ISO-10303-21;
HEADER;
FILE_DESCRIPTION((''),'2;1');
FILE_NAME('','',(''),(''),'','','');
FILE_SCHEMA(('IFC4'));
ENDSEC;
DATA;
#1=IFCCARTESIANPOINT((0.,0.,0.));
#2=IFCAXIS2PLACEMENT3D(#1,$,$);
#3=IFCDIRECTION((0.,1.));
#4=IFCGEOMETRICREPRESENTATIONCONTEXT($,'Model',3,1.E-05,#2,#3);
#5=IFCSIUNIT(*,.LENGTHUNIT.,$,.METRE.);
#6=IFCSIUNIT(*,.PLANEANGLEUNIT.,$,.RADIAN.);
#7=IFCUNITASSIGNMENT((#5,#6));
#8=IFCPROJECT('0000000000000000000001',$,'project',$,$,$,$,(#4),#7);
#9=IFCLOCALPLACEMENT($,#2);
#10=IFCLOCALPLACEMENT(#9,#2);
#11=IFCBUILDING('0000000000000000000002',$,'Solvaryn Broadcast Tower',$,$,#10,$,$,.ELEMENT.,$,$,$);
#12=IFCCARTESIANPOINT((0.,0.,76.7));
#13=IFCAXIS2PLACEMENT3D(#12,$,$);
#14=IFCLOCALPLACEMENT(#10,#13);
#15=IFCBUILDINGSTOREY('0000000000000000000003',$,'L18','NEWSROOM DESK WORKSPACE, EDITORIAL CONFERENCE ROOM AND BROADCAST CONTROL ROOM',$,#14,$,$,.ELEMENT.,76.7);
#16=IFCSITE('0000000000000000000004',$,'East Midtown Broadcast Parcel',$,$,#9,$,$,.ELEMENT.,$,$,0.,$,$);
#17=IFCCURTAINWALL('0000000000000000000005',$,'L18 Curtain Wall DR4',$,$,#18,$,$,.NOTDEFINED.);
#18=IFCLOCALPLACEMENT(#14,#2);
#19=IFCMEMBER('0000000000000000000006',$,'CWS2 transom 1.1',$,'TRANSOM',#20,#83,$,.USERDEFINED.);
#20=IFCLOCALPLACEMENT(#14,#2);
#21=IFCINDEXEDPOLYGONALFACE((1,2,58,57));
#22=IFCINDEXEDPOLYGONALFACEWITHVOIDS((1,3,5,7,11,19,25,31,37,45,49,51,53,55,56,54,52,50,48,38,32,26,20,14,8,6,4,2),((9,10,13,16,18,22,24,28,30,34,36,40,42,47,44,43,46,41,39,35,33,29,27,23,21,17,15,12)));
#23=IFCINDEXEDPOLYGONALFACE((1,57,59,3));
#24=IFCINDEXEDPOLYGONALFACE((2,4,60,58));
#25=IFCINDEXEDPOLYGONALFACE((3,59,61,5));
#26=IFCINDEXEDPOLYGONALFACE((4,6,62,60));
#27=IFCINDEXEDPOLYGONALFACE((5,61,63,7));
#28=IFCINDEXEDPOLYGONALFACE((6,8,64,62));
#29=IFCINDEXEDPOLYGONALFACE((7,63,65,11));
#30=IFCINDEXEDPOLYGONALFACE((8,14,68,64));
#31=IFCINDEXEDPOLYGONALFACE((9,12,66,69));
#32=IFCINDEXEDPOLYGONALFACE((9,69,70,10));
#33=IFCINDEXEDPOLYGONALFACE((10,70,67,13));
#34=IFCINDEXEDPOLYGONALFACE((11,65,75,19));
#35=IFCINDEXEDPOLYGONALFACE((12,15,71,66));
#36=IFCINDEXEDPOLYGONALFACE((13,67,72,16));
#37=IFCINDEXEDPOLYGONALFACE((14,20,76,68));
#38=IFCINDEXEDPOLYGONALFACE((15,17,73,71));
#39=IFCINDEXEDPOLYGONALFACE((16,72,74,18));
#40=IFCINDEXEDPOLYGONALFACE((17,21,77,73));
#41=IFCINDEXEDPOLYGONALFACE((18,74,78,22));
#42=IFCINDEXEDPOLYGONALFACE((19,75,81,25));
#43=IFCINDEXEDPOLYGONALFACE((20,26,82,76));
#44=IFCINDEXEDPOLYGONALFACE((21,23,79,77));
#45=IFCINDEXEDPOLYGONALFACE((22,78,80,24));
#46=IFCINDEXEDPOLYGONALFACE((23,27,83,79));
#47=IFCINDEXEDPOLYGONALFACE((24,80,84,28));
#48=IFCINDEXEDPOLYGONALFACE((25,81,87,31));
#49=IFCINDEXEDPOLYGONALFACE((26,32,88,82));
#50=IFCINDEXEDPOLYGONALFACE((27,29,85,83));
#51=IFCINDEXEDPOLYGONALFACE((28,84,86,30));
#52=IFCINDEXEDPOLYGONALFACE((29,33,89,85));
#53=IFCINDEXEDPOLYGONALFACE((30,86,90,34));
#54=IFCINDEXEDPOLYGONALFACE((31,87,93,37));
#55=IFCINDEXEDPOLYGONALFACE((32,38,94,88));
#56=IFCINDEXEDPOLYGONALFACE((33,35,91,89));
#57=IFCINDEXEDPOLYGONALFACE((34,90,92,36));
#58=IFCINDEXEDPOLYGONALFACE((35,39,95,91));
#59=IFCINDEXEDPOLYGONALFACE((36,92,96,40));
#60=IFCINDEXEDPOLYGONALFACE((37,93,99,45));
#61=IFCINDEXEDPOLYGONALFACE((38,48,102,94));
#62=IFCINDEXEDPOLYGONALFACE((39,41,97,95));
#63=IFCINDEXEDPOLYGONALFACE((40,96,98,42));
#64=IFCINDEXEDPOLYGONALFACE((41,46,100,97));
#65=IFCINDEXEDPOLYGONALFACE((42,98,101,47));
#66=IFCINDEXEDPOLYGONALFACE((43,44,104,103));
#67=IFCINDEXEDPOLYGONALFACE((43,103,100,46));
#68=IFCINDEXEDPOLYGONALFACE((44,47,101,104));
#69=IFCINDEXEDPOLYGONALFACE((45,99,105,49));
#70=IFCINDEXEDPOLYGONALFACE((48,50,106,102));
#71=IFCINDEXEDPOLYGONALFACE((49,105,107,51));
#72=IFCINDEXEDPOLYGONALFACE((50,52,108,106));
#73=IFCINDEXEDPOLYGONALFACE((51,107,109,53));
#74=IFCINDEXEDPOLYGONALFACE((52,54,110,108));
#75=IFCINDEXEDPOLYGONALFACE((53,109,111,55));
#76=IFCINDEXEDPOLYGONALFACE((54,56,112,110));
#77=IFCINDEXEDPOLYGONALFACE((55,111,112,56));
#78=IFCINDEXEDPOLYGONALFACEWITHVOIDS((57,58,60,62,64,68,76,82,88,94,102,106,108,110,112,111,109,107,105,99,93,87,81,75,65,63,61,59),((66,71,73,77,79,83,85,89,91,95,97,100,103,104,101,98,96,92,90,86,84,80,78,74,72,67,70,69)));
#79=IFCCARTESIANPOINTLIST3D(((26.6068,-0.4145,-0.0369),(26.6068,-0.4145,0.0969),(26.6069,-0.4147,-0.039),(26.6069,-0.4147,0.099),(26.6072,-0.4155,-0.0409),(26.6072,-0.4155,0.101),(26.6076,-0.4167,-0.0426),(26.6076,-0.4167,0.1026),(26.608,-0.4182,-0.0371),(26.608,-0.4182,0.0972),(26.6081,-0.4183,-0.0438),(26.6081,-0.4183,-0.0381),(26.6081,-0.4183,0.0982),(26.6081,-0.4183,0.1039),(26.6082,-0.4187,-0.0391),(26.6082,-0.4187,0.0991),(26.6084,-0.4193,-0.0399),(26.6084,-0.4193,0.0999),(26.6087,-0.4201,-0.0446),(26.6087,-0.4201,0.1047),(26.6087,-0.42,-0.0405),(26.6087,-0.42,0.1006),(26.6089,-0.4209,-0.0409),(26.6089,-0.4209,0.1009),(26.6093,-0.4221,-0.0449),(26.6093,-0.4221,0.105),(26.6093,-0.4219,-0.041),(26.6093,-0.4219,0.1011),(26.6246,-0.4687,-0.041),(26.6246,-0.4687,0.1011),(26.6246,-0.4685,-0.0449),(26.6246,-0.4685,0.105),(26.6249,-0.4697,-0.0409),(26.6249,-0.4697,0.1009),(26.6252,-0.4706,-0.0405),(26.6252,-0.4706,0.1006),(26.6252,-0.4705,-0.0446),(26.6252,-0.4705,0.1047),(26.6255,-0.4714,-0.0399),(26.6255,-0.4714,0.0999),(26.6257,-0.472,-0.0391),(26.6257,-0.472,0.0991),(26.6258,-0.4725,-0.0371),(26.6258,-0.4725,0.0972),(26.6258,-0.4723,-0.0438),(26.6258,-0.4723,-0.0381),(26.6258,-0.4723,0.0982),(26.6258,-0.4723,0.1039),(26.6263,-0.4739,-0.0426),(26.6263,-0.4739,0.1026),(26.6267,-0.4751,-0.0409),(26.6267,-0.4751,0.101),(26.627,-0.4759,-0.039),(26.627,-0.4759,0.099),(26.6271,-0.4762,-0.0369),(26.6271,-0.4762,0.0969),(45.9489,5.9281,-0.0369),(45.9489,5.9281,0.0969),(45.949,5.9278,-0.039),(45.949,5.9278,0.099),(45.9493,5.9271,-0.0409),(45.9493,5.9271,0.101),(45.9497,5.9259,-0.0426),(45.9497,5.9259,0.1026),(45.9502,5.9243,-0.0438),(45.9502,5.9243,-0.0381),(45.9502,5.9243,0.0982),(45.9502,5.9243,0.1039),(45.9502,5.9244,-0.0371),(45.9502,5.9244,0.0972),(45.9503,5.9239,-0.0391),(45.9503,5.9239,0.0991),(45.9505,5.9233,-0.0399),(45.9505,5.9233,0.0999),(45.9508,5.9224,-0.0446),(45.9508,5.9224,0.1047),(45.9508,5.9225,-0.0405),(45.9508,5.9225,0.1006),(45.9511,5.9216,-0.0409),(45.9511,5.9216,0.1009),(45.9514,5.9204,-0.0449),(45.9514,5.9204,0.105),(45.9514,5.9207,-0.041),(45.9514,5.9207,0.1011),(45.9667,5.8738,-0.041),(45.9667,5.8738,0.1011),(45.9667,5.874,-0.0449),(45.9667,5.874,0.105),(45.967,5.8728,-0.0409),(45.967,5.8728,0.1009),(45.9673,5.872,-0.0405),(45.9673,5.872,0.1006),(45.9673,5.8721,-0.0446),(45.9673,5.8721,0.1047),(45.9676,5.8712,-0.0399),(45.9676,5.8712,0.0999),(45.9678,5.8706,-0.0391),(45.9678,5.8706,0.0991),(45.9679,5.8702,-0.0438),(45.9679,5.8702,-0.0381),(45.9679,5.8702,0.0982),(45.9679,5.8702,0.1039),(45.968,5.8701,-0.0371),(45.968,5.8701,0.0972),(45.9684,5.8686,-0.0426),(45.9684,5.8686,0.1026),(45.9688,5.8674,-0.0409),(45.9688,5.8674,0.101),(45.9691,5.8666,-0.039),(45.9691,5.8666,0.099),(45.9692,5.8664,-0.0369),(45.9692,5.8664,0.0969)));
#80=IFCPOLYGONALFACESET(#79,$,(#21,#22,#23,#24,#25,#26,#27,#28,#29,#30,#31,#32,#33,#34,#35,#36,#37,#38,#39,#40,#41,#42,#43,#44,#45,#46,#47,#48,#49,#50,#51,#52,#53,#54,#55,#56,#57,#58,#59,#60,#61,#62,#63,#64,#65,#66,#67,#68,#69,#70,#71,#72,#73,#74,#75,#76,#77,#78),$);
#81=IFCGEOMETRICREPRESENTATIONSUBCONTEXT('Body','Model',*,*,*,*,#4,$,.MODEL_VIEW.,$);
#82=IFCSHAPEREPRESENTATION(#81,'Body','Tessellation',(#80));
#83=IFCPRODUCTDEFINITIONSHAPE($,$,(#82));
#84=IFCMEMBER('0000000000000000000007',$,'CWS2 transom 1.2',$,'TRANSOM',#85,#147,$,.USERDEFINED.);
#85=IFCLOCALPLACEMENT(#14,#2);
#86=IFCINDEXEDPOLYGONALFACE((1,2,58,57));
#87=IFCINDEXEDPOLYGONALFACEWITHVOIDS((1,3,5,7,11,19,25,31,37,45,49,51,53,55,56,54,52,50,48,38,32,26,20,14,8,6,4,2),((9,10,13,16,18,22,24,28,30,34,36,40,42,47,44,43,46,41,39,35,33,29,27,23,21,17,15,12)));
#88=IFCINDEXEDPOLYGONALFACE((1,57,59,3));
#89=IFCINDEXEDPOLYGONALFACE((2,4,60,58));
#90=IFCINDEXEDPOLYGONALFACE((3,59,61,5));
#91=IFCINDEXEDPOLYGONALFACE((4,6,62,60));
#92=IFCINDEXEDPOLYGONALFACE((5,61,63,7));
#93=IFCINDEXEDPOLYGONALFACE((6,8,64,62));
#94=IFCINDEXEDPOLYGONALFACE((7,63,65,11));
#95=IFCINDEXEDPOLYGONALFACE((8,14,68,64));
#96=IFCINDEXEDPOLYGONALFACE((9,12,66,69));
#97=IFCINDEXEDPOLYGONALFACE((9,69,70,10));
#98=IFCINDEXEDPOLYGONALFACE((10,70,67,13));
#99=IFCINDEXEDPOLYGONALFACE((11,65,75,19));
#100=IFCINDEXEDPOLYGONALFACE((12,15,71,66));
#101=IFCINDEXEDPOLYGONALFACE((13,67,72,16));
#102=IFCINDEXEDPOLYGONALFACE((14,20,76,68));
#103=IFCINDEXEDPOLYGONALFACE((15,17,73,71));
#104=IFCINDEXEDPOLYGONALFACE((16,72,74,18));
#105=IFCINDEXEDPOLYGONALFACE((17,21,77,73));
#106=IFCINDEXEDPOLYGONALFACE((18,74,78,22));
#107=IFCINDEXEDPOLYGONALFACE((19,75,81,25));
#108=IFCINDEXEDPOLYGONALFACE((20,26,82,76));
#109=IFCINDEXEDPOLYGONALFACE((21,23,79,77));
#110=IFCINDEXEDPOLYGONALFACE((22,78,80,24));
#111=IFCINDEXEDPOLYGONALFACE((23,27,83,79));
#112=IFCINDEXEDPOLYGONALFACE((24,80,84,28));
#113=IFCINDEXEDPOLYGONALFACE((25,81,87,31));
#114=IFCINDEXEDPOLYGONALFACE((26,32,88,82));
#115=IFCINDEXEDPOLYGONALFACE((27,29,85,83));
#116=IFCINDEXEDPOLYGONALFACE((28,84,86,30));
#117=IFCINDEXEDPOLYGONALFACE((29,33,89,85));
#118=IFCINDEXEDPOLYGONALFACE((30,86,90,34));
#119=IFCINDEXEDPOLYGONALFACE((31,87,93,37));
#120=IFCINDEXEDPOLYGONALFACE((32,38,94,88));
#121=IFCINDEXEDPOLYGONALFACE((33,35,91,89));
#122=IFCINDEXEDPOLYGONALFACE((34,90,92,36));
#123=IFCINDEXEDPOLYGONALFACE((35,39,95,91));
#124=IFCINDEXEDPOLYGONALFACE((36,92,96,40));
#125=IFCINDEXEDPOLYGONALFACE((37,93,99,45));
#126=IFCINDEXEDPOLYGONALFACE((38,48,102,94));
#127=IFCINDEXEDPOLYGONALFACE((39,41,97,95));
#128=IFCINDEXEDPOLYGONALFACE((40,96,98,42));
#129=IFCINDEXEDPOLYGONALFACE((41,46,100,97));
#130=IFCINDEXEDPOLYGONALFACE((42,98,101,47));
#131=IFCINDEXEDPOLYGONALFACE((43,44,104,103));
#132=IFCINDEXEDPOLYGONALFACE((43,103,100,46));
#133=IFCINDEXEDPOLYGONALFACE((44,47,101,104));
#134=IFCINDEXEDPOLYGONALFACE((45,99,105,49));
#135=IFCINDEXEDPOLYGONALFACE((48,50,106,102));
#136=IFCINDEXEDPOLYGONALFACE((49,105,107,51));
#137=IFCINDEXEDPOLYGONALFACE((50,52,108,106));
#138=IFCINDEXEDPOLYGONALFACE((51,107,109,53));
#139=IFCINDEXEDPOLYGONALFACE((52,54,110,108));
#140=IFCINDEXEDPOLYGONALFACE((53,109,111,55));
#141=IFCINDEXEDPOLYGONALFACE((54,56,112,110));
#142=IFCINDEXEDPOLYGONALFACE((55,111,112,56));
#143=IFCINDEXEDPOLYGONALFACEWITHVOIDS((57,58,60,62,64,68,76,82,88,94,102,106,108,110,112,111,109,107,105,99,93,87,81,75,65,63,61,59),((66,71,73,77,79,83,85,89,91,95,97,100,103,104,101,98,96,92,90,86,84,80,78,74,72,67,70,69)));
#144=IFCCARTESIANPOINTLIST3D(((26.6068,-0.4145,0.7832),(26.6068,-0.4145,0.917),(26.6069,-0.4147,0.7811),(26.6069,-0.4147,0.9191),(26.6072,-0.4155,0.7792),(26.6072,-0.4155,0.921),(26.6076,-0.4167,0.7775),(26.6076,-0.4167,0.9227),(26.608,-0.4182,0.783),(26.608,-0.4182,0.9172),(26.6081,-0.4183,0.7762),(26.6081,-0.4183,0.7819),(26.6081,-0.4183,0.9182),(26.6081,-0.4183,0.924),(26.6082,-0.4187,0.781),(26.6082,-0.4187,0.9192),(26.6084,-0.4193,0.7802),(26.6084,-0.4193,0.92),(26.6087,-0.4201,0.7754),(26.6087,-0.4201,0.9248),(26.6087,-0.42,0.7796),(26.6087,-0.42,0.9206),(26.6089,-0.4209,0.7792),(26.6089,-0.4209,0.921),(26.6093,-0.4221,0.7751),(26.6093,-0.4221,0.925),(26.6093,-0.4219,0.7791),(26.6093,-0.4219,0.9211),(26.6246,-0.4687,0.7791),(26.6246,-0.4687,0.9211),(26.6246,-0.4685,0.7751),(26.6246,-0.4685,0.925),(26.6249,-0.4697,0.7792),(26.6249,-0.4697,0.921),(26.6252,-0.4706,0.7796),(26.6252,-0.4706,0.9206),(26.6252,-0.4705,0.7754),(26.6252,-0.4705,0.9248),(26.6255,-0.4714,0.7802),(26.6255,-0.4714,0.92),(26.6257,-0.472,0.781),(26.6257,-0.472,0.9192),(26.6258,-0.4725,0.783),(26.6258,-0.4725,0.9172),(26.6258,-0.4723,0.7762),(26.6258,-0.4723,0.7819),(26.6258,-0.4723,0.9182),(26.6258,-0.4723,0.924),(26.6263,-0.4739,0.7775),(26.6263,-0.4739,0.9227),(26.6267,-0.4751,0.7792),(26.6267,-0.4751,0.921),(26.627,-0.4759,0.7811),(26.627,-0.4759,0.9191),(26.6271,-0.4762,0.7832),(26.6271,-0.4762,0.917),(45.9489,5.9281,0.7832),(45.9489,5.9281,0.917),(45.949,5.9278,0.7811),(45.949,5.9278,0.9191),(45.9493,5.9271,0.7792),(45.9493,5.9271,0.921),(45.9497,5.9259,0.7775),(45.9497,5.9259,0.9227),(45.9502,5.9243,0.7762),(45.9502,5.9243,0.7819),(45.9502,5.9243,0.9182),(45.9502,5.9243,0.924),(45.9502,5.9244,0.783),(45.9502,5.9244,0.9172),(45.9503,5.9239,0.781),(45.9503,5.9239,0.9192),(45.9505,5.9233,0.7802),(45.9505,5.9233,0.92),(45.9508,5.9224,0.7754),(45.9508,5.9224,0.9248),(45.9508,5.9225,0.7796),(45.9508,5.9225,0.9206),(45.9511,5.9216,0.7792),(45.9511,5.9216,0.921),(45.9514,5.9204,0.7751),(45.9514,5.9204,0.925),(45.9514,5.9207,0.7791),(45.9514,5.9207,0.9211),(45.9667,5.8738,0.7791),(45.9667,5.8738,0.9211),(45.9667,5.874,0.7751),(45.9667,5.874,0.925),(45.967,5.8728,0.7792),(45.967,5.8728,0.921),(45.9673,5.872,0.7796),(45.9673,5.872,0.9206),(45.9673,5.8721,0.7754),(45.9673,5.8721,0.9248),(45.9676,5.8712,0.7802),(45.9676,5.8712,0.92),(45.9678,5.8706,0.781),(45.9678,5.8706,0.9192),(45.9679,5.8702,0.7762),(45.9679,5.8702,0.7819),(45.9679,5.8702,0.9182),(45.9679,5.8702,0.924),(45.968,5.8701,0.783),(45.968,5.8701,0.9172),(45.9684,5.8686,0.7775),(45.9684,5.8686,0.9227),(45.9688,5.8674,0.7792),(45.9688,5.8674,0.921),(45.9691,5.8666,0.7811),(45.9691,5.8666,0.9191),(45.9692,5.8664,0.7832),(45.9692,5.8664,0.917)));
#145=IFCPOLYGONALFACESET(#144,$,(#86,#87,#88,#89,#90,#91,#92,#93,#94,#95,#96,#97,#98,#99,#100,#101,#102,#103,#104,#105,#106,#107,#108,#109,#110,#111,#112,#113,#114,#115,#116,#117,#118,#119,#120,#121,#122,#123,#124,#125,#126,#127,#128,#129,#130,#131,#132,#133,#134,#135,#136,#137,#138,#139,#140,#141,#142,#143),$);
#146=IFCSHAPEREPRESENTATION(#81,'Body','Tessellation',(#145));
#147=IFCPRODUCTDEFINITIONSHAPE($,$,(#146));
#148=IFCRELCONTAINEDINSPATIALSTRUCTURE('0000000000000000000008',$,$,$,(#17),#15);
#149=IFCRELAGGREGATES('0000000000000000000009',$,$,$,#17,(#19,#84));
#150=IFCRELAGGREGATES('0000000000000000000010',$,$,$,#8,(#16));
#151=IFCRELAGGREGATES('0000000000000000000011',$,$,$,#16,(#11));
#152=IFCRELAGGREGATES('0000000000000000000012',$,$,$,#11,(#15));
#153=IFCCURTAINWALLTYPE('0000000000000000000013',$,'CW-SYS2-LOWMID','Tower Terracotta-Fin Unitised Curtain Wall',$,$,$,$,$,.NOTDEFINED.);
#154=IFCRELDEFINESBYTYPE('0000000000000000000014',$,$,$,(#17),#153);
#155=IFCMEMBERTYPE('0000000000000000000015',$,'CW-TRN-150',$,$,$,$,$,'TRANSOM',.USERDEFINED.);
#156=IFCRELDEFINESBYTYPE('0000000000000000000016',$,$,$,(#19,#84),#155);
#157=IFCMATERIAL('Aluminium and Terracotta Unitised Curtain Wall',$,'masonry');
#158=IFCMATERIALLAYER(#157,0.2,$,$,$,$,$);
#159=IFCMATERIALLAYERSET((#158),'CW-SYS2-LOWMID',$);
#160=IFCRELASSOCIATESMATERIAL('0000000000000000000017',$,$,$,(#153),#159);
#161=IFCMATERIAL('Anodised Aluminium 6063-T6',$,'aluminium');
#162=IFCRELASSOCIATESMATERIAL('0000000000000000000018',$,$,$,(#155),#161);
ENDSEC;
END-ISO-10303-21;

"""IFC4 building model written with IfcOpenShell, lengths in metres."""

from ifc_helpers import new_model, si_unit, direction, frame, origin, origin_2d, place, context, subcontext, project, spatial, hollow_rectangle, extrude, material, layer, layer_set, material_profile, profile_set, type_object, element, aggregate, save


model = new_model("IFC4")

# Units and contexts
model_context = context("Model", 3, precision=1e-05, world=origin(), true_north=direction((0.0, 1.0)))
body_context = subcontext(model_context, "Body", "Model", "MODEL_VIEW")
ifc_project = project(units=[si_unit("LENGTHUNIT", "METRE"), si_unit("PLANEANGLEUNIT", "RADIAN")], contexts=[model_context])

# Site, building, storey
site_placement = place(None, origin())
site = spatial("IfcSite", under=ifc_project, at=site_placement, Name="East Midtown Broadcast Parcel", CompositionType="ELEMENT", RefElevation=0.0)
building_placement = place(site_placement, origin())
building = spatial("IfcBuilding", under=site, at=building_placement, Name="Solvaryn Broadcast Tower", CompositionType="ELEMENT")
storey_placement = place(building_placement, frame((0.0, 0.0, 76.7)))
storey = spatial("IfcBuildingStorey", under=building, at=storey_placement, Name="L18", Description="NEWSROOM DESK WORKSPACE, EDITORIAL CONFERENCE ROOM AND BROADCAST CONTROL ROOM", CompositionType="ELEMENT", Elevation=76.7)

# Shared definitions
ifc_material_1 = material(Name="Aluminium and Terracotta Unitised Curtain Wall", Category="masonry")
ifc_layer_1 = layer(ifc_material_1, 0.2)
ifc_layer_set_1 = layer_set([ifc_layer_1], Name="CW-SYS2-LOWMID")
curtain_wall_type = type_object("IfcCurtainWallType", Name="CW-SYS2-LOWMID", Description="Tower Terracotta-Fin Unitised Curtain Wall", PredefinedType="NOTDEFINED", material=ifc_layer_set_1)

# Curtain wall, members
curtain_wall_1_placement = place(storey_placement, origin())
curtain_wall_1 = element("IfcCurtainWall", 1, at=curtain_wall_1_placement, inside=storey, type_object=curtain_wall_type, Name="L18 Curtain Wall DR4", PredefinedType="NOTDEFINED")
ifc_material_2 = material(Name="Anodised Aluminium 6063-T6", Category="aluminium")
ifc_material_profile_1 = material_profile(ifc_material_2, hollow_rectangle(XDim=0.0649, YDim=0.1499, WallThickness=0.0039, InnerFilletRadius=0.0039, OuterFilletRadius=0.0081, at=origin_2d()))
ifc_profile_set_1 = profile_set([ifc_material_profile_1], Name="Anodised Aluminium 6063-T6")
member_type_1 = type_object("IfcMemberType", Name="CW-TRN-150", ElementType="TRANSOM", PredefinedType="USERDEFINED", material=ifc_profile_set_1)
member_1_placement = place(storey_placement, frame((26.6169, -0.4453, 0.03), z_axis=(0.950217, 0.31159, 0.0), x_axis=(-0.31159, 0.950217, 0.0)))
member_1 = element("IfcMember", 2, at=member_1_placement, type_object=member_type_1, Name="CWS2 transom 1.1", ObjectType="TRANSOM", PredefinedType="USERDEFINED", context=body_context, shape_type="SweptSolid", body=[
    extrude(hollow_rectangle(XDim=0.0649, YDim=0.1499, WallThickness=0.0039, InnerFilletRadius=0.0039, OuterFilletRadius=0.0081, at=origin_2d()), origin(), (0.0, 0.0, 1.0), 20.3555),
])
member_2_placement = place(storey_placement, frame((26.6169, -0.4453, 0.8501), z_axis=(0.950217, 0.31159, 0.0), x_axis=(-0.31159, 0.950217, 0.0)))
member_2 = element("IfcMember", 3, at=member_2_placement, type_object=member_type_1, Name="CWS2 transom 1.2", ObjectType="TRANSOM", PredefinedType="USERDEFINED", context=body_context, shape_type="SweptSolid", body=[
    extrude(hollow_rectangle(XDim=0.0649, YDim=0.1499, WallThickness=0.0039, InnerFilletRadius=0.0039, OuterFilletRadius=0.0081, at=origin_2d()), origin(), (0.0, 0.0, 1.0), 20.3555),
])
aggregate(curtain_wall_1, [member_1, member_2])

save(model, "model.ifc")
